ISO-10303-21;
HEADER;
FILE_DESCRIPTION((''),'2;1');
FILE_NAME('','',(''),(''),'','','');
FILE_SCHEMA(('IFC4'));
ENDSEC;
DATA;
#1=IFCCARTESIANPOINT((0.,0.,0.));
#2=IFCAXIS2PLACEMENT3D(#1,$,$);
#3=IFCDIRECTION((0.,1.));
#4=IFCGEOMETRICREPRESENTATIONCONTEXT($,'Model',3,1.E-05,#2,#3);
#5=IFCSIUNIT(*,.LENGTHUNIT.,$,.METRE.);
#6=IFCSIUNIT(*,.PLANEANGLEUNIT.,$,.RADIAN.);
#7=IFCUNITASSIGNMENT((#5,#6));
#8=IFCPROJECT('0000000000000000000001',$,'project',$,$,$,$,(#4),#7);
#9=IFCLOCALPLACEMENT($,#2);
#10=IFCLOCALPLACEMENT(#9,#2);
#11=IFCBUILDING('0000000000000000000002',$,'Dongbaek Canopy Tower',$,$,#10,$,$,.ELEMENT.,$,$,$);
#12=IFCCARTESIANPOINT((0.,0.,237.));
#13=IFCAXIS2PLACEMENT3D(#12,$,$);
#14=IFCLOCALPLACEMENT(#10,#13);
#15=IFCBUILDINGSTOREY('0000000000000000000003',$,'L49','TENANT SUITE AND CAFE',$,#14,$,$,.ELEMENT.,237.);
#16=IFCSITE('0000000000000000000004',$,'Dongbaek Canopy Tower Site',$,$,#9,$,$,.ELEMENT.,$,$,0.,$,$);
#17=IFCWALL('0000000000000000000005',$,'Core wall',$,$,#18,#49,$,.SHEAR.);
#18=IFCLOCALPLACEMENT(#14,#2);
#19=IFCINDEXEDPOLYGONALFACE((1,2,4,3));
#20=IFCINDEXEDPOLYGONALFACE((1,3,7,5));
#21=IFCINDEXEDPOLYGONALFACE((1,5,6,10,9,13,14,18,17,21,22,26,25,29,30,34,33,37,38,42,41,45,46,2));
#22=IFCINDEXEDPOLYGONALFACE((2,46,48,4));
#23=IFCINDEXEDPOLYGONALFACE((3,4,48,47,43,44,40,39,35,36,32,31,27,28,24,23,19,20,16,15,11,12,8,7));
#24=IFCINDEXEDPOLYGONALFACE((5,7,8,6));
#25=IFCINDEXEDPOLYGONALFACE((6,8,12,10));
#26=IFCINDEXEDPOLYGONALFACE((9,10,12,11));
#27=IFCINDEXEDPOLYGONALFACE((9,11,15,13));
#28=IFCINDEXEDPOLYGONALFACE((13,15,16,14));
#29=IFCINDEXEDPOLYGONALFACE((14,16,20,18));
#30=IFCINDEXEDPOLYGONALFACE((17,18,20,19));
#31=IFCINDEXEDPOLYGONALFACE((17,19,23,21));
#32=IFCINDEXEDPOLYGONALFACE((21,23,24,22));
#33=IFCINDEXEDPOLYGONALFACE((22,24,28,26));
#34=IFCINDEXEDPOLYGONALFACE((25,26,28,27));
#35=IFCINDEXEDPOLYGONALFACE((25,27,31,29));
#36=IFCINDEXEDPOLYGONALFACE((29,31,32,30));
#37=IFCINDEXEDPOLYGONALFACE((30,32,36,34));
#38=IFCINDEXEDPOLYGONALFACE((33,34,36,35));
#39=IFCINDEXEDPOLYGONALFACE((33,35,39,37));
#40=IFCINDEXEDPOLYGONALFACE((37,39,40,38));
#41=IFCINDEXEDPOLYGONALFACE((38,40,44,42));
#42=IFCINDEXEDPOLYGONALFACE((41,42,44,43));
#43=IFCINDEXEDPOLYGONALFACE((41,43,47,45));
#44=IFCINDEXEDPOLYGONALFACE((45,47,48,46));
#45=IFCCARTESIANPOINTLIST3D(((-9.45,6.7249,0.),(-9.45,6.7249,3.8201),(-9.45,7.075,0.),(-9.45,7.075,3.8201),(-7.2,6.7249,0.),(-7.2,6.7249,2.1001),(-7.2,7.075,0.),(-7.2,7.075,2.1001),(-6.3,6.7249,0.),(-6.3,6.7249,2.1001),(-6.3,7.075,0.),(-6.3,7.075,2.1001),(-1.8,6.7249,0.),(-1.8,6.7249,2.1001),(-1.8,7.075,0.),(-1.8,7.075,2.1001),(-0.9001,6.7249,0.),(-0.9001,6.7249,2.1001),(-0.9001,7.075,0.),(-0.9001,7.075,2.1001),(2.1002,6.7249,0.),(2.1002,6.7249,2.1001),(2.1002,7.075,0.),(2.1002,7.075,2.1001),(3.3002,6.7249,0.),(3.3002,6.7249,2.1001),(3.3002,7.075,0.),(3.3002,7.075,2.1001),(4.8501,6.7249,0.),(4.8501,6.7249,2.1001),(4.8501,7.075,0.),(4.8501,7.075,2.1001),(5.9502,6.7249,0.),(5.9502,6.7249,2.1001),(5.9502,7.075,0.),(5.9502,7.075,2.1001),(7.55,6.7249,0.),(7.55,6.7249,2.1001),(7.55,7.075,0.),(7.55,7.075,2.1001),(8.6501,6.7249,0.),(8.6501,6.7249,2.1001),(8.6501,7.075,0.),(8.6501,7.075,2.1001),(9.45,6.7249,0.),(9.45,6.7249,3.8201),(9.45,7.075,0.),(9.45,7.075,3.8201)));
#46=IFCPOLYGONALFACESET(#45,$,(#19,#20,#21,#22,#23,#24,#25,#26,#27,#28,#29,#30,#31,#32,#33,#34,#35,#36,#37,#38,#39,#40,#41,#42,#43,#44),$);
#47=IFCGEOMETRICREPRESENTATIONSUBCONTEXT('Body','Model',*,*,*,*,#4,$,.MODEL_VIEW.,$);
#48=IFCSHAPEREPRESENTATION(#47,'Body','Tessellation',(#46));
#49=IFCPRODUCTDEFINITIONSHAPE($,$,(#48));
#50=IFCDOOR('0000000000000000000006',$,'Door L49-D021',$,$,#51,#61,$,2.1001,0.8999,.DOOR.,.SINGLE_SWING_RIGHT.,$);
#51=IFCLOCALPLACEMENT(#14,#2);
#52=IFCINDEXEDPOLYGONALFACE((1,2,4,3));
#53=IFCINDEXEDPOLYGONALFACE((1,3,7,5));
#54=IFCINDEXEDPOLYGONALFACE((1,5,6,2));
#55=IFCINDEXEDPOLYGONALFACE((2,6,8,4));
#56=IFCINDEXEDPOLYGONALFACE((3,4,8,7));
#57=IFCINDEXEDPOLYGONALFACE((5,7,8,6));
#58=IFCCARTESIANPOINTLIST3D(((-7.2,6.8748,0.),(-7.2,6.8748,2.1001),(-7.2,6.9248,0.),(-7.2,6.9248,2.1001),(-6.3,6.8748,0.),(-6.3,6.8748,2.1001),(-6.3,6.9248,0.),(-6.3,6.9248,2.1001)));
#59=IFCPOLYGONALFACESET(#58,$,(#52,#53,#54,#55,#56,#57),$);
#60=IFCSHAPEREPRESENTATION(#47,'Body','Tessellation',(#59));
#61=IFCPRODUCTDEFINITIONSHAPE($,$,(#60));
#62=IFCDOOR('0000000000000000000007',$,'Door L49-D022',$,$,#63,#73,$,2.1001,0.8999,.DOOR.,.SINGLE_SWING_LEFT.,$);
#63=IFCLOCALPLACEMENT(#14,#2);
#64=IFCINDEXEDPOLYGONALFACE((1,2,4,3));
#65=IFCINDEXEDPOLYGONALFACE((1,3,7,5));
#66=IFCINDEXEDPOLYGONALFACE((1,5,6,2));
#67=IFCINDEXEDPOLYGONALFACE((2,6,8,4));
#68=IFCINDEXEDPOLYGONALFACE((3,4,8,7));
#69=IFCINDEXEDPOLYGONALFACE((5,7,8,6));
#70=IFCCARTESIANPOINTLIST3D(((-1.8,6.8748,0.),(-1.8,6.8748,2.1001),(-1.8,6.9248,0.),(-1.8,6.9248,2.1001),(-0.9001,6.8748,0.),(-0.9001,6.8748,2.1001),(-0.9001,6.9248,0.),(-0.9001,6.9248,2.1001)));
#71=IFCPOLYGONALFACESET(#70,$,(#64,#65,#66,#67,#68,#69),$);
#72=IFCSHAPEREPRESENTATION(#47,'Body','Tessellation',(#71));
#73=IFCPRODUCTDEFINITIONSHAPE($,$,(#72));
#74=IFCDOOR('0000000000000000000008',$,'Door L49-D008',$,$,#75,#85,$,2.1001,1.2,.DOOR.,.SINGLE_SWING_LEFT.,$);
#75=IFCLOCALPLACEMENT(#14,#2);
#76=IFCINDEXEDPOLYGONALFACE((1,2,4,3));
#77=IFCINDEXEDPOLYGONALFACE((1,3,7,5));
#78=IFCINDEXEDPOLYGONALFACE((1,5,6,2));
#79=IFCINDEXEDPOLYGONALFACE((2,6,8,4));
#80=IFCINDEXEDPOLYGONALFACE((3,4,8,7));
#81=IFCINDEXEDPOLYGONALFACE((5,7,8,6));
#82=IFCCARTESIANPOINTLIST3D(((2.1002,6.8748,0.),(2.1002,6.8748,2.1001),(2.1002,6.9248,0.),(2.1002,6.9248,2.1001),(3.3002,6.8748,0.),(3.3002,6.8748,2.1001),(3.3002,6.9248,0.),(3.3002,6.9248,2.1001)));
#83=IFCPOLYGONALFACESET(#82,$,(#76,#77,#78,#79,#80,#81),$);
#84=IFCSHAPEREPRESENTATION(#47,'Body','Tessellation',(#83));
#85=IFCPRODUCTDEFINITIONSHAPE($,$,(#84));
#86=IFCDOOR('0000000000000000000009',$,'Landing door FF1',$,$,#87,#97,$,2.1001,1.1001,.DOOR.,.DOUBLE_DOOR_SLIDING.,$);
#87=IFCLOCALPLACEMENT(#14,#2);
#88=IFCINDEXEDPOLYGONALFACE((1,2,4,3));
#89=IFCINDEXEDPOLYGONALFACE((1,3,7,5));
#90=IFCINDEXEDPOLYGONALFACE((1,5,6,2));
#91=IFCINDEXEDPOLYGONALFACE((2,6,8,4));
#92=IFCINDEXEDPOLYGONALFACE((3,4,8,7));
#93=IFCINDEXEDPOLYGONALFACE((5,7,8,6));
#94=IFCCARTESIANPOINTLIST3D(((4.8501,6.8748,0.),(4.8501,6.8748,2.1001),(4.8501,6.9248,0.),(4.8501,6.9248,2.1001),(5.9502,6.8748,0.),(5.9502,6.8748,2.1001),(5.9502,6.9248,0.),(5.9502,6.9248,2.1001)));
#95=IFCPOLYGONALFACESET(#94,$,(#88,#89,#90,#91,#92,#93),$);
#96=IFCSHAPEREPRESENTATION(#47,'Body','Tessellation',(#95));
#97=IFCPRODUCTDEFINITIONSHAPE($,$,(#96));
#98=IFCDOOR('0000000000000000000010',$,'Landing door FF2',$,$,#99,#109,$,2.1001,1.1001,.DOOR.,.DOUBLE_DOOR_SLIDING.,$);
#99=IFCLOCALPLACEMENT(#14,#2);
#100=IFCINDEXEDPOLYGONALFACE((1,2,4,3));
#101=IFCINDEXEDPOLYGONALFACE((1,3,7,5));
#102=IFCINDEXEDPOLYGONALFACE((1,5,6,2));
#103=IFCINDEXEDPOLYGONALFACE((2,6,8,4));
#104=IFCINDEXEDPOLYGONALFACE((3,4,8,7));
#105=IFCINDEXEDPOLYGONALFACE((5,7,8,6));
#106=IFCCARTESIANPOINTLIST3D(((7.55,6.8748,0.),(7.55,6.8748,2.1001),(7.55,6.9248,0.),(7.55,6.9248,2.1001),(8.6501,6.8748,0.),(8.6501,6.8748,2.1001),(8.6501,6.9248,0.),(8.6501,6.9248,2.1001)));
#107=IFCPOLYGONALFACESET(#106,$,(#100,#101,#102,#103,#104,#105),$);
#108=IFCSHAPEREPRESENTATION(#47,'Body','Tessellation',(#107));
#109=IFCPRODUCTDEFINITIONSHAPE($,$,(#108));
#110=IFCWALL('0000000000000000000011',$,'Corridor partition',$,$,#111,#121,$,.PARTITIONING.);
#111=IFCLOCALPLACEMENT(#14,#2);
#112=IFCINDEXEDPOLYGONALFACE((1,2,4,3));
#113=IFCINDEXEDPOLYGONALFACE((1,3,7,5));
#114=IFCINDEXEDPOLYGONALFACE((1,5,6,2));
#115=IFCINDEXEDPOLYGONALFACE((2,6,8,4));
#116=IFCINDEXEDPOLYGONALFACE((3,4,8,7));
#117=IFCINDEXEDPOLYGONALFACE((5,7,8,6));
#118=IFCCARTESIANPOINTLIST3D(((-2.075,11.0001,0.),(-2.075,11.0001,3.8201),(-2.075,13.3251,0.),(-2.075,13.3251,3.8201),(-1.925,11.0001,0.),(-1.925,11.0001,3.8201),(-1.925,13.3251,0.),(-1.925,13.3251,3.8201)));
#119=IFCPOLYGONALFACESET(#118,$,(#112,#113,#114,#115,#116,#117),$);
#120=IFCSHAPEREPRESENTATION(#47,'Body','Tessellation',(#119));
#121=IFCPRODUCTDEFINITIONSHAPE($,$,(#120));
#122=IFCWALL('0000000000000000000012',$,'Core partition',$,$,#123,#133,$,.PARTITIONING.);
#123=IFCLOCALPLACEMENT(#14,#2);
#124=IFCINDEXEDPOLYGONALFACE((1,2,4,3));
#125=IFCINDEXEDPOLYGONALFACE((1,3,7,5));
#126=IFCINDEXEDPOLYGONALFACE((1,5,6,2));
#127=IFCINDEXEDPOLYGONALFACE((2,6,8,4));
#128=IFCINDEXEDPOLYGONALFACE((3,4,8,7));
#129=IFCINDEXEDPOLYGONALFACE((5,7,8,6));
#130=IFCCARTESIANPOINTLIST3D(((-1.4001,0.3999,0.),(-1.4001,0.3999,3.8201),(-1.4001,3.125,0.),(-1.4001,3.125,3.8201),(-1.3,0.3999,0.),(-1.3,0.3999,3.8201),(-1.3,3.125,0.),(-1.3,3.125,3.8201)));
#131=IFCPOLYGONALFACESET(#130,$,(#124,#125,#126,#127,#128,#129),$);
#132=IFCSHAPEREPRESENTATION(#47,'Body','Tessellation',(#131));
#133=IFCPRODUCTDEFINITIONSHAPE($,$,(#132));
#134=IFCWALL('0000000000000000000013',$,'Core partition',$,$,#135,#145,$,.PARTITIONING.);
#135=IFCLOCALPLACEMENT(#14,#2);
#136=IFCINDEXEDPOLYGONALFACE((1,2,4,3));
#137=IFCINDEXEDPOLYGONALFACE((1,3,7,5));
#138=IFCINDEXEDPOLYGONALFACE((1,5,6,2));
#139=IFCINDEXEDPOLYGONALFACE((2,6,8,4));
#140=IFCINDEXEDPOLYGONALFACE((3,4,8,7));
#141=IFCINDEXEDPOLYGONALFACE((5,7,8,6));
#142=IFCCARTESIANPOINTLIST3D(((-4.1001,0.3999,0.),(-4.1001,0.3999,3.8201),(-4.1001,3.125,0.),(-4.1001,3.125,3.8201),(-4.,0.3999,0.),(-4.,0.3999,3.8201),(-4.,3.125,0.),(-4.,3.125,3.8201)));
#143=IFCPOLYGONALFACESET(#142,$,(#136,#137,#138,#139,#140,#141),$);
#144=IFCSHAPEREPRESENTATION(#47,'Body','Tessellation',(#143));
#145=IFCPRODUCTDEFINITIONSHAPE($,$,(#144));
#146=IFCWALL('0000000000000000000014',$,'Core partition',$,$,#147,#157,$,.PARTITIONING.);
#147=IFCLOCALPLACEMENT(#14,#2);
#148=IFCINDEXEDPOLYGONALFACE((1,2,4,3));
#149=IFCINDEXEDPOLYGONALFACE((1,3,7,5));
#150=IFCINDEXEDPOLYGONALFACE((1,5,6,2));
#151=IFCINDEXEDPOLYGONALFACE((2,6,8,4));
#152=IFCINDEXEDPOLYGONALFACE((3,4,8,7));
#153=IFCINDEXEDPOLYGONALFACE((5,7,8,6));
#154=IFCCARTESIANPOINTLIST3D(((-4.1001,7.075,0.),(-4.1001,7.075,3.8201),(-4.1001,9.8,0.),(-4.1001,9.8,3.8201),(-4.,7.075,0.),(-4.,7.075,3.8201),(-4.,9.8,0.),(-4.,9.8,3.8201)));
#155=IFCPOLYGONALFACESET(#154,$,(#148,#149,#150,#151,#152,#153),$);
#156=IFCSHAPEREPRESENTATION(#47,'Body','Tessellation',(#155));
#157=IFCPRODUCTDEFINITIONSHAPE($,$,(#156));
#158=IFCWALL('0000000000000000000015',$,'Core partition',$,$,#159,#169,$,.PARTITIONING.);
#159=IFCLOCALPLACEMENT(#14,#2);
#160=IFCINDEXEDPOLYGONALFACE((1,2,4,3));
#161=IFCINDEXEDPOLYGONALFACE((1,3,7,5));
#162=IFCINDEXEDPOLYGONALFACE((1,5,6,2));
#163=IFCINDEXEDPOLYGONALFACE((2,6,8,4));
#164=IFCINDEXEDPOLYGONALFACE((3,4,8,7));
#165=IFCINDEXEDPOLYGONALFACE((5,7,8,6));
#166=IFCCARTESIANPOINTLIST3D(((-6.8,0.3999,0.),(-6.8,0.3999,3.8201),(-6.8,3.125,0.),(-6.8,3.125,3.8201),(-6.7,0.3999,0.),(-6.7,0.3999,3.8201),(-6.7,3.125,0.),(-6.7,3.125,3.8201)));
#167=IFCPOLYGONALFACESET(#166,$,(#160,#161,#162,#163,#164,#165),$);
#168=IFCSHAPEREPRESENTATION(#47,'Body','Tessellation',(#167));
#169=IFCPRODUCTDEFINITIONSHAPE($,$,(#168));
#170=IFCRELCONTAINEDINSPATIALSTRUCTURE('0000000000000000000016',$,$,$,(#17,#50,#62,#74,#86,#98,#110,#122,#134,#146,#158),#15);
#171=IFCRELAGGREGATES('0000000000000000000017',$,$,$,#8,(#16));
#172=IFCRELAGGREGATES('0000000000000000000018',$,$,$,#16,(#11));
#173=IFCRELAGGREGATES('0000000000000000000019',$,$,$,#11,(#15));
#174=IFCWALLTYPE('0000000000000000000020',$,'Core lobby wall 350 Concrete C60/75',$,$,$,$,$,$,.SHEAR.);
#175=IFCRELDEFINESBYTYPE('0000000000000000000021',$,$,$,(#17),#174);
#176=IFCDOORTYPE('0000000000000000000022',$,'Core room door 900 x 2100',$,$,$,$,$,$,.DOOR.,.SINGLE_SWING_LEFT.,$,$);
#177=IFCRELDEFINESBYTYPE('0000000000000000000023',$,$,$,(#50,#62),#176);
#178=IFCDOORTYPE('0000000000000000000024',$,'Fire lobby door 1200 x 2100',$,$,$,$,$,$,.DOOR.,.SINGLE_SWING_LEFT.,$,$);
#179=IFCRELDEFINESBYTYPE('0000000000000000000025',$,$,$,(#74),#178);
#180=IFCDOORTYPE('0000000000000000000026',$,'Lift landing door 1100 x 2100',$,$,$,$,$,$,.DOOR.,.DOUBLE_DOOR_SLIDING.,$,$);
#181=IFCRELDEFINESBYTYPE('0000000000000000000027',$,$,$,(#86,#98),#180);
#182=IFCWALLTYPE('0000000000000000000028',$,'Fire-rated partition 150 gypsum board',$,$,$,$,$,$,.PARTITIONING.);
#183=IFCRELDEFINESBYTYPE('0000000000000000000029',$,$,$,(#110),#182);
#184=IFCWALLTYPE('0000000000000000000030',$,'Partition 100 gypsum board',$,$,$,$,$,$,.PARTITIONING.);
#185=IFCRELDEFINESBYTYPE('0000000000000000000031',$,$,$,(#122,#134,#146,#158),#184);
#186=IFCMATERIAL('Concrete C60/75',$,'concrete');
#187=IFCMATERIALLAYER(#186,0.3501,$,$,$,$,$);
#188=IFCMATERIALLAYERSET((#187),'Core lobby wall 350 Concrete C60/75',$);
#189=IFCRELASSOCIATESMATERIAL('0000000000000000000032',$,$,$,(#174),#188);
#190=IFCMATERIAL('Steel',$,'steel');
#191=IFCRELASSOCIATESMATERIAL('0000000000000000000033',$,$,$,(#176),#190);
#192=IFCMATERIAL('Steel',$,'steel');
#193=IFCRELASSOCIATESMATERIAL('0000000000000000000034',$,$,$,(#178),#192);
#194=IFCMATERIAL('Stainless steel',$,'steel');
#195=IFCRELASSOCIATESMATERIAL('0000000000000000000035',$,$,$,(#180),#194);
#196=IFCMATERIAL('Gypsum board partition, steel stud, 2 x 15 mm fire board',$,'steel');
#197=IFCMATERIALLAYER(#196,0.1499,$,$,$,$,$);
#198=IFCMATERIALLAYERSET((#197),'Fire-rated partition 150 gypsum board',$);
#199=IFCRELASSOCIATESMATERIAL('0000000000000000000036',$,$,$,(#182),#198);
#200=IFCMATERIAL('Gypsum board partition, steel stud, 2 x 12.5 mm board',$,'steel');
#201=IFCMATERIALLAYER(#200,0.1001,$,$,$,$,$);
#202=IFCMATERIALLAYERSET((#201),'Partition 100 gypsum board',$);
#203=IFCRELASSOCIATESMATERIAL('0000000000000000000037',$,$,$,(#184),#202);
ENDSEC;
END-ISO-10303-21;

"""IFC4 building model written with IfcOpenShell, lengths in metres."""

from ifc_helpers import new_model, si_unit, direction, frame, frame_2d, origin, place, context, subcontext, project, spatial, rectangle, extrude, material, layer, layer_set, type_object, element, fill, save


model = new_model("IFC4")

# Units and contexts
model_context = context("Model", 3, precision=1e-05, world=origin(), true_north=direction((0.0, 1.0)))
body_context = subcontext(model_context, "Body", "Model", "MODEL_VIEW")
ifc_project = project(units=[si_unit("LENGTHUNIT", "METRE"), si_unit("PLANEANGLEUNIT", "RADIAN")], contexts=[model_context])

# Site, building, storey
site_placement = place(None, origin())
site = spatial("IfcSite", under=ifc_project, at=site_placement, Name="Dongbaek Canopy Tower Site", CompositionType="ELEMENT", RefElevation=0.0)
building_placement = place(site_placement, origin())
building = spatial("IfcBuilding", under=site, at=building_placement, Name="Dongbaek Canopy Tower", CompositionType="ELEMENT")
storey_placement = place(building_placement, frame((0.0, 0.0, 237.0)))
storey = spatial("IfcBuildingStorey", under=building, at=storey_placement, Name="L49", Description="TENANT SUITE AND CAFE", CompositionType="ELEMENT", Elevation=237.0)

# Wall, openings, doors
ifc_material_1 = material(Name="Concrete C60/75", Category="concrete")
ifc_layer_1 = layer(ifc_material_1, 0.3501)
ifc_layer_set_1 = layer_set([ifc_layer_1], Name="Core lobby wall 350 Concrete C60/75")
wall_type_1 = type_object("IfcWallType", Name="Core lobby wall 350 Concrete C60/75", PredefinedType="SHEAR", material=ifc_layer_set_1)
wall_1_placement = place(storey_placement, frame((-9.45, 6.8999, 0.0), z_axis=(0.0, 0.0, 1.0), x_axis=(1.0, 0.0, 0.0)))
wall_1 = element("IfcWall", 1, at=wall_1_placement, inside=storey, type_object=wall_type_1, Name="Core wall", PredefinedType="SHEAR", context=body_context, shape_type="SweptSolid", body=[
    extrude(rectangle(XDim=18.8999, YDim=0.3501, at=frame_2d((9.45, 0.0))), origin(), (0.0, 0.0, 1.0), 3.8201),
])
opening_1_placement = place(wall_1_placement, frame((11.55, 0.0, 0.0)))
opening_1 = element("IfcOpeningElement", 2, at=opening_1_placement, cuts=wall_1, PredefinedType="OPENING", context=body_context, shape_type="SweptSolid", body=[
    extrude(rectangle(XDim=1.2, YDim=2.1001, at=frame_2d((0.6001, 1.05))), frame((0.0, 0.1851, 0.0), z_axis=(0.0, -1.0, 0.0), x_axis=(1.0, 0.0, 0.0)), (0.0, 0.0, 1.0), 0.3701),
])
opening_2_placement = place(wall_1_placement, frame((14.3, 0.0, 0.0)))
opening_2 = element("IfcOpeningElement", 3, at=opening_2_placement, cuts=wall_1, PredefinedType="OPENING", context=body_context, shape_type="SweptSolid", body=[
    extrude(rectangle(XDim=1.1001, YDim=2.1001, at=frame_2d((0.55, 1.05))), frame((0.0, 0.1851, 0.0), z_axis=(0.0, -1.0, 0.0), x_axis=(1.0, 0.0, 0.0)), (0.0, 0.0, 1.0), 0.3701),
])
opening_3_placement = place(wall_1_placement, frame((17.0, 0.0, 0.0)))
opening_3 = element("IfcOpeningElement", 4, at=opening_3_placement, cuts=wall_1, PredefinedType="OPENING", context=body_context, shape_type="SweptSolid", body=[
    extrude(rectangle(XDim=1.1001, YDim=2.1001, at=frame_2d((0.55, 1.05))), frame((0.0, 0.1851, 0.0), z_axis=(0.0, -1.0, 0.0), x_axis=(1.0, 0.0, 0.0)), (0.0, 0.0, 1.0), 0.3701),
])
opening_4_placement = place(wall_1_placement, frame((2.25, 0.0, 0.0)))
opening_4 = element("IfcOpeningElement", 5, at=opening_4_placement, cuts=wall_1, PredefinedType="OPENING", context=body_context, shape_type="SweptSolid", body=[
    extrude(rectangle(XDim=0.8999, YDim=2.1001, at=frame_2d((0.45, 1.05))), frame((0.0, 0.1851, 0.0), z_axis=(0.0, -1.0, 0.0), x_axis=(1.0, 0.0, 0.0)), (0.0, 0.0, 1.0), 0.3701),
])
opening_5_placement = place(wall_1_placement, frame((7.6499, 0.0, 0.0)))
opening_5 = element("IfcOpeningElement", 6, at=opening_5_placement, cuts=wall_1, PredefinedType="OPENING", context=body_context, shape_type="SweptSolid", body=[
    extrude(rectangle(XDim=0.8999, YDim=2.1001, at=frame_2d((0.45, 1.05))), frame((0.0, 0.1851, 0.0), z_axis=(0.0, -1.0, 0.0), x_axis=(1.0, 0.0, 0.0)), (0.0, 0.0, 1.0), 0.3701),
])
ifc_material_2 = material(Name="Steel", Category="steel")
door_type_1 = type_object("IfcDoorType", Name="Core room door 900 x 2100", OperationType="SINGLE_SWING_LEFT", PredefinedType="DOOR", material=ifc_material_2)
door_1_placement = place(opening_4_placement, origin())
door_1 = element("IfcDoor", 7, at=door_1_placement, inside=storey, type_object=door_type_1, Name="Door L49-D021", OperationType="SINGLE_SWING_RIGHT", OverallHeight=2.1001, OverallWidth=0.8999, PredefinedType="DOOR", context=body_context, shape_type="SweptSolid", body=[
    extrude(rectangle(XDim=0.8999, YDim=2.1001, at=frame_2d((0.45, 1.05))), frame((0.0, 0.0249, 0.0), z_axis=(0.0, -1.0, 0.0), x_axis=(1.0, 0.0, 0.0)), (0.0, 0.0, 1.0), 0.05),
])
fill(opening_4, door_1)
door_2_placement = place(opening_5_placement, origin())
door_2 = element("IfcDoor", 8, at=door_2_placement, inside=storey, type_object=door_type_1, Name="Door L49-D022", OperationType="SINGLE_SWING_LEFT", OverallHeight=2.1001, OverallWidth=0.8999, PredefinedType="DOOR", context=body_context, shape_type="SweptSolid", body=[
    extrude(rectangle(XDim=0.8999, YDim=2.1001, at=frame_2d((0.45, 1.05))), frame((0.0, 0.0249, 0.0), z_axis=(0.0, -1.0, 0.0), x_axis=(1.0, 0.0, 0.0)), (0.0, 0.0, 1.0), 0.05),
])
fill(opening_5, door_2)
ifc_material_3 = material(Name="Steel", Category="steel")
door_type_2 = type_object("IfcDoorType", Name="Fire lobby door 1200 x 2100", OperationType="SINGLE_SWING_LEFT", PredefinedType="DOOR", material=ifc_material_3)
door_3_placement = place(opening_1_placement, origin())
door_3 = element("IfcDoor", 9, at=door_3_placement, inside=storey, type_object=door_type_2, Name="Door L49-D008", OperationType="SINGLE_SWING_LEFT", OverallHeight=2.1001, OverallWidth=1.2, PredefinedType="DOOR", context=body_context, shape_type="SweptSolid", body=[
    extrude(rectangle(XDim=1.2, YDim=2.1001, at=frame_2d((0.6001, 1.05))), frame((0.0, 0.0249, 0.0), z_axis=(0.0, -1.0, 0.0), x_axis=(1.0, 0.0, 0.0)), (0.0, 0.0, 1.0), 0.05),
])
fill(opening_1, door_3)
ifc_material_4 = material(Name="Stainless steel", Category="steel")
door_type_3 = type_object("IfcDoorType", Name="Lift landing door 1100 x 2100", OperationType="DOUBLE_DOOR_SLIDING", PredefinedType="DOOR", material=ifc_material_4)
door_4_placement = place(opening_2_placement, origin())
door_4 = element("IfcDoor", 10, at=door_4_placement, inside=storey, type_object=door_type_3, Name="Landing door FF1", OperationType="DOUBLE_DOOR_SLIDING", OverallHeight=2.1001, OverallWidth=1.1001, PredefinedType="DOOR", context=body_context, shape_type="SweptSolid", body=[
    extrude(rectangle(XDim=1.1001, YDim=2.1001, at=frame_2d((0.55, 1.05))), frame((0.0, 0.0249, 0.0), z_axis=(0.0, -1.0, 0.0), x_axis=(1.0, 0.0, 0.0)), (0.0, 0.0, 1.0), 0.05),
])
fill(opening_2, door_4)
door_5_placement = place(opening_3_placement, origin())
door_5 = element("IfcDoor", 11, at=door_5_placement, inside=storey, type_object=door_type_3, Name="Landing door FF2", OperationType="DOUBLE_DOOR_SLIDING", OverallHeight=2.1001, OverallWidth=1.1001, PredefinedType="DOOR", context=body_context, shape_type="SweptSolid", body=[
    extrude(rectangle(XDim=1.1001, YDim=2.1001, at=frame_2d((0.55, 1.05))), frame((0.0, 0.0249, 0.0), z_axis=(0.0, -1.0, 0.0), x_axis=(1.0, 0.0, 0.0)), (0.0, 0.0, 1.0), 0.05),
])
fill(opening_3, door_5)

# Walls
ifc_material_5 = material(Name="Gypsum board partition, steel stud, 2 x 15 mm fire board", Category="steel")
ifc_layer_2 = layer(ifc_material_5, 0.1499)
ifc_layer_set_2 = layer_set([ifc_layer_2], Name="Fire-rated partition 150 gypsum board")
wall_type_2 = type_object("IfcWallType", Name="Fire-rated partition 150 gypsum board", PredefinedType="PARTITIONING", material=ifc_layer_set_2)
wall_2_placement = place(storey_placement, frame((-2.0, 11.0, 0.0), z_axis=(0.0, 0.0, 1.0), x_axis=(0.0, 1.0, 0.0)))
element("IfcWall", 12, at=wall_2_placement, inside=storey, type_object=wall_type_2, Name="Corridor partition", PredefinedType="PARTITIONING", context=body_context, shape_type="SweptSolid", body=[
    extrude(rectangle(XDim=2.325, YDim=0.1499, at=frame_2d((1.1626, 0.0))), origin(), (0.0, 0.0, 1.0), 3.8201),
])
ifc_material_6 = material(Name="Gypsum board partition, steel stud, 2 x 12.5 mm board", Category="steel")
ifc_layer_3 = layer(ifc_material_6, 0.1001)
ifc_layer_set_3 = layer_set([ifc_layer_3], Name="Partition 100 gypsum board")
wall_type_3 = type_object("IfcWallType", Name="Partition 100 gypsum board", PredefinedType="PARTITIONING", material=ifc_layer_set_3)
for number, where, z_axis, x_axis, name in (
    (13, (-1.3501, 0.3999, 0.0), (0.0, 0.0, 1.0), (0.0, 1.0, 0.0), "Core partition"),
    (14, (-4.05, 0.3999, 0.0), (0.0, 0.0, 1.0), (0.0, 1.0, 0.0), "Core partition"),
    (15, (-4.05, 7.075, 0.0), (0.0, 0.0, 1.0), (0.0, 1.0, 0.0), "Core partition"),
    (16, (-6.75, 0.3999, 0.0), (0.0, 0.0, 1.0), (0.0, 1.0, 0.0), "Core partition"),
):
    element("IfcWall", number, at=place(storey_placement, frame(where, z_axis=z_axis, x_axis=x_axis)), inside=storey, type_object=wall_type_3, Name=name, PredefinedType="PARTITIONING", context=body_context, shape_type="SweptSolid", body=[
        extrude(rectangle(XDim=2.7251, YDim=0.1001, at=frame_2d((1.3625, 0.0))), origin(), (0.0, 0.0, 1.0), 3.8201),
    ])

save(model, "model.ifc")
